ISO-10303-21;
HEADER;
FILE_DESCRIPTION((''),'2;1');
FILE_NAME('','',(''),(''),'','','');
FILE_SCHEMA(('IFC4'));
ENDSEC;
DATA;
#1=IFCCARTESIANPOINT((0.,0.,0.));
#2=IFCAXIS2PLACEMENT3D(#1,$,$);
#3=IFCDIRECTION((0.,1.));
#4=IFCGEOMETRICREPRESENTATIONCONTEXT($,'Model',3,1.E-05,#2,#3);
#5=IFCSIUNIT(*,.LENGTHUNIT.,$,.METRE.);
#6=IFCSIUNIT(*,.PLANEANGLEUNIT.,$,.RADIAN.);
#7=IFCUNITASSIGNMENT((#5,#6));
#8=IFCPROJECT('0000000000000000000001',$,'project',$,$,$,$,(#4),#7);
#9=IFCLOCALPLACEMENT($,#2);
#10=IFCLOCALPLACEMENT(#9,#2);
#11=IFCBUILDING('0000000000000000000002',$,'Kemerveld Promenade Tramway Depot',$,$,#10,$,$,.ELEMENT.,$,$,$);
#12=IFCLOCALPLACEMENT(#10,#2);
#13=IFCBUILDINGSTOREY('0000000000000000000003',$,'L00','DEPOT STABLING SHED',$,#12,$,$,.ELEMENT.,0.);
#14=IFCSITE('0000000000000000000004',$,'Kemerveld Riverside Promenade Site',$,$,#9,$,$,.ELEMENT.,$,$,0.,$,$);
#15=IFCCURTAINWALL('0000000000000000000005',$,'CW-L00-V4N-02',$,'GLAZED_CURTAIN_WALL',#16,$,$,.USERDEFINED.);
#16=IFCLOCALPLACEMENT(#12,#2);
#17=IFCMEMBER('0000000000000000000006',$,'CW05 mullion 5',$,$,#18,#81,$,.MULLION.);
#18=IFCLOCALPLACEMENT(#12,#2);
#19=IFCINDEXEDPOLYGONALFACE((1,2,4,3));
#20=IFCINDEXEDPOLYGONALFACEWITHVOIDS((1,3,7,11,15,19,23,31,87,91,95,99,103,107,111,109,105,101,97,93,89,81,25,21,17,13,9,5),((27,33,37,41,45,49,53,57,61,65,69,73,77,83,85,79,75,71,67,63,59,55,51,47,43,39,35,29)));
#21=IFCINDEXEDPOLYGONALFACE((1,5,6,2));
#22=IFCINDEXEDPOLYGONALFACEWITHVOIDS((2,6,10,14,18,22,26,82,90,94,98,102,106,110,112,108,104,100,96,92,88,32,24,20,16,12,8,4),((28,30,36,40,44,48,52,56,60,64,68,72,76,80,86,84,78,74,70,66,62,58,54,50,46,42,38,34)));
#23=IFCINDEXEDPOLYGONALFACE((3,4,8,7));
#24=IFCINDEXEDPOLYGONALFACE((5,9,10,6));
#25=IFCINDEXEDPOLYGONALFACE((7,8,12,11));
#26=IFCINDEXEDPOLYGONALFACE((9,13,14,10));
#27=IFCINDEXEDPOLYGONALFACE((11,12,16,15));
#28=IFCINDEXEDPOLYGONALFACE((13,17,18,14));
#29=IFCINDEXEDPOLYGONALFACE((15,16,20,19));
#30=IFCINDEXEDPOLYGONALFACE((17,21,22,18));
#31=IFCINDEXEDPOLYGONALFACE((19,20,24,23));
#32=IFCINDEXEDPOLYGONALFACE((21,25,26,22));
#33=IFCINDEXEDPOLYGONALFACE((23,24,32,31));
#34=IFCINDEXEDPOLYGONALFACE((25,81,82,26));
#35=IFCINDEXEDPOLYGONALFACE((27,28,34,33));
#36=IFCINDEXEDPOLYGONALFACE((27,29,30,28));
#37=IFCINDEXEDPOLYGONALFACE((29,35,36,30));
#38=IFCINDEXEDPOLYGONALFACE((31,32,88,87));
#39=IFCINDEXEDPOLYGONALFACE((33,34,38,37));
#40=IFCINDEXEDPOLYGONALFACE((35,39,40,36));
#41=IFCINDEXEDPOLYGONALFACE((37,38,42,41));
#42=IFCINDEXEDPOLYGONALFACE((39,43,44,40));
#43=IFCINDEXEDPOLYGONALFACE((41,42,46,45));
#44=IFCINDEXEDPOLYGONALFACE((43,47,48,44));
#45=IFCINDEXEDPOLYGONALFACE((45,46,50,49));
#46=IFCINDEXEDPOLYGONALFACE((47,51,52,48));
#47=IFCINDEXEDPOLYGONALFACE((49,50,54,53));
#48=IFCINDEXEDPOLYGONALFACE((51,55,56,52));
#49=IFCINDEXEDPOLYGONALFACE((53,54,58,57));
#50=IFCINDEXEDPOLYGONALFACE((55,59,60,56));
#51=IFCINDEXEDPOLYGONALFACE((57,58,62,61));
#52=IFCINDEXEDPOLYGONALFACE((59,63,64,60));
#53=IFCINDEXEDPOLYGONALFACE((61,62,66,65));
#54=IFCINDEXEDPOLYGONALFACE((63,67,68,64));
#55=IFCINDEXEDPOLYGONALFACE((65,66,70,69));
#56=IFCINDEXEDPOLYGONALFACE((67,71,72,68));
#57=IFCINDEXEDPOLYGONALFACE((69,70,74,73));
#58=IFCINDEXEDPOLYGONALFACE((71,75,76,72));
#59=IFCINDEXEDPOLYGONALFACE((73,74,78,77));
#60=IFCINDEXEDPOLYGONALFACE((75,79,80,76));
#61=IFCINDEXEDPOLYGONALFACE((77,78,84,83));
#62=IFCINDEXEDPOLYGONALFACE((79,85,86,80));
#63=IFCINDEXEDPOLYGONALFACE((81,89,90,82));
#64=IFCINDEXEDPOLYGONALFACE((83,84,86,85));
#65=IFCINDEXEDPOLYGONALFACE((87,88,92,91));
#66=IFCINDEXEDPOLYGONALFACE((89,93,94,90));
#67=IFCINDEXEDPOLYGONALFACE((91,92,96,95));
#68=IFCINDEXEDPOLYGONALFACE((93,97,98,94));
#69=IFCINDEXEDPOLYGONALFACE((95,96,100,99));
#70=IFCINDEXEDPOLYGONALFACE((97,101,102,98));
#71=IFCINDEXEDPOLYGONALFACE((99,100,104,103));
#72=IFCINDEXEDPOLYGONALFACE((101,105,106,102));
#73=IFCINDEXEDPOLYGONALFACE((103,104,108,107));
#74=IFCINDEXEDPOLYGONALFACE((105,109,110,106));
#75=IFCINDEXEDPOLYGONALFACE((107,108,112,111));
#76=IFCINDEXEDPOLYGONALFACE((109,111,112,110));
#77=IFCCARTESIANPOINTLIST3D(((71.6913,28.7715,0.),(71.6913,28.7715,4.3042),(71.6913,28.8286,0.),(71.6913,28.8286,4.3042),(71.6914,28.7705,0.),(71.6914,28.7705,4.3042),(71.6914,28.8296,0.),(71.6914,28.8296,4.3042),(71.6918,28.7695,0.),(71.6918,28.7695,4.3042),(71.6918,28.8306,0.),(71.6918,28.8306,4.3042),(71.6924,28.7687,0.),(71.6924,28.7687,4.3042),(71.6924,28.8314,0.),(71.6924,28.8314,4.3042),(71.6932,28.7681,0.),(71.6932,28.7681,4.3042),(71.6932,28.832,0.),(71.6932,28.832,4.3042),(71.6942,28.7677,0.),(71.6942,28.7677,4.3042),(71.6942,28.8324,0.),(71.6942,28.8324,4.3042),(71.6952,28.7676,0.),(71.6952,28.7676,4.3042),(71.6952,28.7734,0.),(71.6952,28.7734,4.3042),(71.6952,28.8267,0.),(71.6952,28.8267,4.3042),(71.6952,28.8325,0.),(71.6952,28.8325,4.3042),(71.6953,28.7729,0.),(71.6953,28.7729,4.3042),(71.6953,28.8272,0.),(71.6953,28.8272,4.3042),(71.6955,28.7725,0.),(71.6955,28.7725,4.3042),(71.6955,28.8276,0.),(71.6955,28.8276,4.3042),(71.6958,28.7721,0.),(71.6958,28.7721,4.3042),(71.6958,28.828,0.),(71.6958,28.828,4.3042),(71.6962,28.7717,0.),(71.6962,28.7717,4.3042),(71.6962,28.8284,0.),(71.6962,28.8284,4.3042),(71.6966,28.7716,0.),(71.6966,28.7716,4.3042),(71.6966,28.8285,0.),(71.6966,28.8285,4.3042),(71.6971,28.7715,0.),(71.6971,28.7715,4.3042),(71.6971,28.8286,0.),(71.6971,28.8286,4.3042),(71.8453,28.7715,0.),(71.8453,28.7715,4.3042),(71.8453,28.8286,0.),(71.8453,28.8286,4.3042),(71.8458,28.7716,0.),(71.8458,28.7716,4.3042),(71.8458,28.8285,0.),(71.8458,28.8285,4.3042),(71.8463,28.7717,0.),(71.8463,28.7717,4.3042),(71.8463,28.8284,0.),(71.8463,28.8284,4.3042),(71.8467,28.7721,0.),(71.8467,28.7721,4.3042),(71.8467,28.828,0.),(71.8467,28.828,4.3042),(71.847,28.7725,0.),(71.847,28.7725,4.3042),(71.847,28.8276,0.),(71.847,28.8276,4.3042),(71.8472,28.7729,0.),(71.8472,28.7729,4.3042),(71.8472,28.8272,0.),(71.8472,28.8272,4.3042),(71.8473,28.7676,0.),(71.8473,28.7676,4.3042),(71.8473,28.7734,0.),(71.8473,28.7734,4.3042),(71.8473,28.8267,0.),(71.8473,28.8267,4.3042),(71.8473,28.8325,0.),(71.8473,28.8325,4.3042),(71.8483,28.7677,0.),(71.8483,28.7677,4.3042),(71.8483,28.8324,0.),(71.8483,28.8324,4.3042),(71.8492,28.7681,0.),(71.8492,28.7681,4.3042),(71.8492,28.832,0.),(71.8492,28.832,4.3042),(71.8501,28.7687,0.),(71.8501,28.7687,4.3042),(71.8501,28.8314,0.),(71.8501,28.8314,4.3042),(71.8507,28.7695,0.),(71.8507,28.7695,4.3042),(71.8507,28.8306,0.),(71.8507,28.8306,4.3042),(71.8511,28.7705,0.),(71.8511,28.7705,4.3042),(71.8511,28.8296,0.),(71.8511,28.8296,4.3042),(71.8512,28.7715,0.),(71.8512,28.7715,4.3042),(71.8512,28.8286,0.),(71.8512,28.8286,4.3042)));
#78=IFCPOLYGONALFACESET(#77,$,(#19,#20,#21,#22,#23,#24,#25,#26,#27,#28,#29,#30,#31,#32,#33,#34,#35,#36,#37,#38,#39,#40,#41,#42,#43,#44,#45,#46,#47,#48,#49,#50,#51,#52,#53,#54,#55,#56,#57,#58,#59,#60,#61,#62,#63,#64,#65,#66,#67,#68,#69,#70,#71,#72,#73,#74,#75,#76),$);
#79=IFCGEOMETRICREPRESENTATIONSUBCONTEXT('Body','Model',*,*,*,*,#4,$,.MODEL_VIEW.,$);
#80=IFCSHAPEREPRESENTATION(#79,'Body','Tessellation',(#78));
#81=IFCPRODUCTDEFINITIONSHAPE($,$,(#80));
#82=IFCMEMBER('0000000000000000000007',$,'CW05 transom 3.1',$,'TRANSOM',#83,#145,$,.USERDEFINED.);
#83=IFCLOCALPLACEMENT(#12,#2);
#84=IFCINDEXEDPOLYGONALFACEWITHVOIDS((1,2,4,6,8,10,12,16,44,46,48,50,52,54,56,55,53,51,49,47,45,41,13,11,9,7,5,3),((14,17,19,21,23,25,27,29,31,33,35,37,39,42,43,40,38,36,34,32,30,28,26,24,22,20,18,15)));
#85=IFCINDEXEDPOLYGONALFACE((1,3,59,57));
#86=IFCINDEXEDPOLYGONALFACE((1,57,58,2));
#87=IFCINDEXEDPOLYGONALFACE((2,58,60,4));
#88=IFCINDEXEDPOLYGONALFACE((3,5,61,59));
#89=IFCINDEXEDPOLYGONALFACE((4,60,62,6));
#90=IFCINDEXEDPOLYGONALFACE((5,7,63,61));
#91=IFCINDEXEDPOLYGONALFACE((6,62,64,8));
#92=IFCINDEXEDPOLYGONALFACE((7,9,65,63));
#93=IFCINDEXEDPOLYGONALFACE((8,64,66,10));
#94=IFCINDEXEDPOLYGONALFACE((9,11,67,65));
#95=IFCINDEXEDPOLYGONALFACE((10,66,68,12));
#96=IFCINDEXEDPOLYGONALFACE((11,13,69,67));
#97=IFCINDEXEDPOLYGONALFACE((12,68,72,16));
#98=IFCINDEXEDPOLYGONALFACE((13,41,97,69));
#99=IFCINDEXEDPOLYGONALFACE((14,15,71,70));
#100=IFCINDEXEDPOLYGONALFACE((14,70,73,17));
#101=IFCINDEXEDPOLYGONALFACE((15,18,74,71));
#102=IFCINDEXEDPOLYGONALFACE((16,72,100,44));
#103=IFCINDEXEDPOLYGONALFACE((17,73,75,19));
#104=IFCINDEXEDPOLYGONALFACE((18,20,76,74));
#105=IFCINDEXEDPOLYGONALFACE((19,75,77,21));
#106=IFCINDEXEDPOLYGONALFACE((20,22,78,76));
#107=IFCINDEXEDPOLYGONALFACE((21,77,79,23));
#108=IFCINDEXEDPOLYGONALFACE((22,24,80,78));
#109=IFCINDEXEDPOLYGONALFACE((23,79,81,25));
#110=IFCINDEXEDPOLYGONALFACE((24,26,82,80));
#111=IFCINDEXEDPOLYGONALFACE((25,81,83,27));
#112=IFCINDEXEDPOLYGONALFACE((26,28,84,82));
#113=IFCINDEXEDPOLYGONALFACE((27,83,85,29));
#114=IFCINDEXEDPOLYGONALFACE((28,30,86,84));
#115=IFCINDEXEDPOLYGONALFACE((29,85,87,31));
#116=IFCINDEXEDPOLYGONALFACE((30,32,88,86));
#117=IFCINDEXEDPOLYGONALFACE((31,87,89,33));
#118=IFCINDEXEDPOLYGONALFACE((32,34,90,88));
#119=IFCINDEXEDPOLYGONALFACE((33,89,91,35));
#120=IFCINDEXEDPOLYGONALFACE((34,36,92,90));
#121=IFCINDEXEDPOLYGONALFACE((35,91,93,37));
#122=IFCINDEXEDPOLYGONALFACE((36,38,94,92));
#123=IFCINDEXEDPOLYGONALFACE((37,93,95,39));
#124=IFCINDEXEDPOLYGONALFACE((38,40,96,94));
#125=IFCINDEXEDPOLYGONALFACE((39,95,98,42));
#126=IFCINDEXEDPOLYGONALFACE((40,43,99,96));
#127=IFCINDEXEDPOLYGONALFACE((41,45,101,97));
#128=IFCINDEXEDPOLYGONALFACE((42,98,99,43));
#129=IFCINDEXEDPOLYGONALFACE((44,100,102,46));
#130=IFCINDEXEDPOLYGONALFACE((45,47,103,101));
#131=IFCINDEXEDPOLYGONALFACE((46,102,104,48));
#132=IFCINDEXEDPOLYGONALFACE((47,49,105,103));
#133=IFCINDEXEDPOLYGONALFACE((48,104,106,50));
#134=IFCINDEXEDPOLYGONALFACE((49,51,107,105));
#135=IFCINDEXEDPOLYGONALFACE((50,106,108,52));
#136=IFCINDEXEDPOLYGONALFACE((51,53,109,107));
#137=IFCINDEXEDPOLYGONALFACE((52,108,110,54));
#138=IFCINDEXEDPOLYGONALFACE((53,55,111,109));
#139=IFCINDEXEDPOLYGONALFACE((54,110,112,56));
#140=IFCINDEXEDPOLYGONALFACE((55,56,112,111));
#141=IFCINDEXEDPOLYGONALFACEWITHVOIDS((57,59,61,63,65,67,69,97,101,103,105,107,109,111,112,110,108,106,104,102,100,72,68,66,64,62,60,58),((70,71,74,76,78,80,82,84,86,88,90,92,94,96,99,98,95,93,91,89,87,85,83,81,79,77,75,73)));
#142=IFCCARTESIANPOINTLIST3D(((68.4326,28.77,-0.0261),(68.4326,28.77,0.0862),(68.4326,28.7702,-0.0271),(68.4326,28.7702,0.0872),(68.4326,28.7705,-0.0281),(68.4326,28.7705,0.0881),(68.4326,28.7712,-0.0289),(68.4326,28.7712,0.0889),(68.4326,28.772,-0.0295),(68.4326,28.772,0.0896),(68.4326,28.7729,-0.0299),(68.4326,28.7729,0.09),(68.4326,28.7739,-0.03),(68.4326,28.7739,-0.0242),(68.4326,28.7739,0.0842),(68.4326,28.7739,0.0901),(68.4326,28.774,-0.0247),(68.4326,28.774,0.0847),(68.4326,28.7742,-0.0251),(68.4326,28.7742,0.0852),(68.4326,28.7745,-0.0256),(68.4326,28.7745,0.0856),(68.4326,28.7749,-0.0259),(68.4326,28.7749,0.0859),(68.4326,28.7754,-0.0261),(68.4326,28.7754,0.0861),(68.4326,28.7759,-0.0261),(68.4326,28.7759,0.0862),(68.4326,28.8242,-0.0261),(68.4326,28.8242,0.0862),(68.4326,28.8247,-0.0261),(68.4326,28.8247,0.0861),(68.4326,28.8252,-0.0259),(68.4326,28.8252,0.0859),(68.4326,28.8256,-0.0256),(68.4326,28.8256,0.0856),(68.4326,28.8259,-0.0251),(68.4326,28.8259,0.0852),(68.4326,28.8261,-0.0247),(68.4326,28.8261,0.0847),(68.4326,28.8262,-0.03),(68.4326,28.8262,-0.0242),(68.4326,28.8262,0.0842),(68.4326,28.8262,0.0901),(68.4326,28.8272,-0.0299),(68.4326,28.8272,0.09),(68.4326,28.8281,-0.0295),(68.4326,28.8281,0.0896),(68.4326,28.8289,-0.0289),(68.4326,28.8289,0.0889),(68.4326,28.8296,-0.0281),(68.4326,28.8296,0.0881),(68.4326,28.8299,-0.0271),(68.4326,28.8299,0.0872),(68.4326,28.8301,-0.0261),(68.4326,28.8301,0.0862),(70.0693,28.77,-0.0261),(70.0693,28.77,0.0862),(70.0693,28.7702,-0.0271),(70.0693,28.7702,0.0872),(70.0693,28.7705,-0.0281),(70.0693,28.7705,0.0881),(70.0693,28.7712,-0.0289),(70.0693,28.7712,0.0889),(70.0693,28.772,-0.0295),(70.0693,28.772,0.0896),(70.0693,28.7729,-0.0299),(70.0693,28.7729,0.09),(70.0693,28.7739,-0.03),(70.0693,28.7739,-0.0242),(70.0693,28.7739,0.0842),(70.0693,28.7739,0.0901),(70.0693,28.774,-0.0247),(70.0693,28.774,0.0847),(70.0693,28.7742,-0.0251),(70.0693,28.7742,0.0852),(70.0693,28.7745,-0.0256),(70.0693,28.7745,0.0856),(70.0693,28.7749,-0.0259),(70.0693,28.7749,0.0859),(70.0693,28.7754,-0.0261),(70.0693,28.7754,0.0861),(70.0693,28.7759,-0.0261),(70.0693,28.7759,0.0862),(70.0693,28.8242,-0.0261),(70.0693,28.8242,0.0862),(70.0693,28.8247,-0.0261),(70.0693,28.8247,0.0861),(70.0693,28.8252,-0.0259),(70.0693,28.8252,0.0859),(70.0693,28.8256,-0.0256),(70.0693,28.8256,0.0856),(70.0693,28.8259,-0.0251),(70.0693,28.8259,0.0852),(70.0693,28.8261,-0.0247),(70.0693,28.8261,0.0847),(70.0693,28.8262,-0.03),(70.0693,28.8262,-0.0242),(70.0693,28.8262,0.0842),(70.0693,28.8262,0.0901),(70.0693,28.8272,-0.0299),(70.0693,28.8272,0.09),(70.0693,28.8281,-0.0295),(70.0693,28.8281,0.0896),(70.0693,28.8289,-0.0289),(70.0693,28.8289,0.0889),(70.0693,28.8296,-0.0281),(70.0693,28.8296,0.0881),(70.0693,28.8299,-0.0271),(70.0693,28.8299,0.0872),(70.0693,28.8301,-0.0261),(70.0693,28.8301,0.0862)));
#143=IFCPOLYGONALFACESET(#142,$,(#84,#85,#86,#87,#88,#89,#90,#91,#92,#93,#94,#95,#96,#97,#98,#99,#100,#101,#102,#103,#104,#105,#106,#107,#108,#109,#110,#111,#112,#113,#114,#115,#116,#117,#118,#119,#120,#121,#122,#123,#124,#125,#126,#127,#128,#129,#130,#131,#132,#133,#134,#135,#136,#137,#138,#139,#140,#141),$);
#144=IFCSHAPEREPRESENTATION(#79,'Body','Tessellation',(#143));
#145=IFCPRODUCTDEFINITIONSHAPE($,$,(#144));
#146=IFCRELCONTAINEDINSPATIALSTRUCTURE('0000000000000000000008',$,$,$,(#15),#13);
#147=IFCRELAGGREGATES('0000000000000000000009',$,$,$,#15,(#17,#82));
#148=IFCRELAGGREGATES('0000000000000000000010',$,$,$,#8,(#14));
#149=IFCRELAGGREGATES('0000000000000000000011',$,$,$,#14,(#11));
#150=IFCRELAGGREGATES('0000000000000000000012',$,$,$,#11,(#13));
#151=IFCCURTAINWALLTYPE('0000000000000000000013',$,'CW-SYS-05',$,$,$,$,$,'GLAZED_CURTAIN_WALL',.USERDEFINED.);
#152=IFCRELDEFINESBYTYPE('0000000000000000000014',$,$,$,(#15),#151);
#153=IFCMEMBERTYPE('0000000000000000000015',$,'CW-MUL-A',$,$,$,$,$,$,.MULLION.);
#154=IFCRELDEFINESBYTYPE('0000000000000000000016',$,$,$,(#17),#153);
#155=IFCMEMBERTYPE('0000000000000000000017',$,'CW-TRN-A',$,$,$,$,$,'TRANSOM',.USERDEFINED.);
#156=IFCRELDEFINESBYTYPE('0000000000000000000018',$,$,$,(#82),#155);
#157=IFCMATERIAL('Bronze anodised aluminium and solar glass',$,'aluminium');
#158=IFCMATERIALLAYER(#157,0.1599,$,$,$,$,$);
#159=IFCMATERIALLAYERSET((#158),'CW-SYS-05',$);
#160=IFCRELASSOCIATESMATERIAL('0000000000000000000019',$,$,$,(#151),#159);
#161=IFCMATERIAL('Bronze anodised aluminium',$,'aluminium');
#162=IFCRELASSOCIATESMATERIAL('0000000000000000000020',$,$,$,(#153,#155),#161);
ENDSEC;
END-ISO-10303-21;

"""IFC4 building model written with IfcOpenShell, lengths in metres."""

from ifc_helpers import new_model, si_unit, direction, frame, origin, origin_2d, place, context, subcontext, project, spatial, hollow_rectangle, extrude, material, layer, layer_set, material_profile, profile_set, type_object, element, aggregate, save


model = new_model("IFC4")

# Units and contexts
model_context = context("Model", 3, precision=1e-05, world=origin(), true_north=direction((0.0, 1.0)))
body_context = subcontext(model_context, "Body", "Model", "MODEL_VIEW")
ifc_project = project(units=[si_unit("LENGTHUNIT", "METRE"), si_unit("PLANEANGLEUNIT", "RADIAN")], contexts=[model_context])

# Site, building, storey
site_placement = place(None, origin())
site = spatial("IfcSite", under=ifc_project, at=site_placement, Name="Kemerveld Riverside Promenade Site", CompositionType="ELEMENT", RefElevation=0.0)
building_placement = place(site_placement, origin())
building = spatial("IfcBuilding", under=site, at=building_placement, Name="Kemerveld Promenade Tramway Depot", CompositionType="ELEMENT")
storey_placement = place(building_placement, origin())
storey = spatial("IfcBuildingStorey", under=building, at=storey_placement, Name="L00", Description="DEPOT STABLING SHED", CompositionType="ELEMENT", Elevation=0.0)

# Curtain wall, members
ifc_material_1 = material(Name="Bronze anodised aluminium and solar glass", Category="aluminium")
ifc_layer_1 = layer(ifc_material_1, 0.1599)
ifc_layer_set_1 = layer_set([ifc_layer_1], Name="CW-SYS-05")
curtain_wall_type = type_object("IfcCurtainWallType", Name="CW-SYS-05", ElementType="GLAZED_CURTAIN_WALL", PredefinedType="USERDEFINED", material=ifc_layer_set_1)
curtain_wall_placement = place(storey_placement, origin())
curtain_wall = element("IfcCurtainWall", 1, at=curtain_wall_placement, inside=storey, type_object=curtain_wall_type, Name="CW-L00-V4N-02", ObjectType="GLAZED_CURTAIN_WALL", PredefinedType="USERDEFINED")
ifc_material_2 = material(Name="Bronze anodised aluminium", Category="aluminium")
ifc_material_profile_1 = material_profile(ifc_material_2, hollow_rectangle(XDim=0.0649, YDim=0.1599, WallThickness=0.0039, InnerFilletRadius=0.002, OuterFilletRadius=0.0039, at=origin_2d()), Name="CW-MUL-160x65")
ifc_profile_set_1 = profile_set([ifc_material_profile_1], Name="Bronze anodised aluminium")
member_type_1 = type_object("IfcMemberType", Name="CW-MUL-A", PredefinedType="MULLION", material=ifc_profile_set_1)
member_1_placement = place(storey_placement, frame((71.7712, 28.8, 0.0), z_axis=(0.0, 0.0, 1.0), x_axis=(0.0, 1.0, 0.0)))
member_1 = element("IfcMember", 2, at=member_1_placement, type_object=member_type_1, Name="CW05 mullion 5", PredefinedType="MULLION", context=body_context, shape_type="SweptSolid", body=[
    extrude(hollow_rectangle(XDim=0.0649, YDim=0.1599, WallThickness=0.0039, InnerFilletRadius=0.002, OuterFilletRadius=0.0039, at=origin_2d()), origin(), (0.0, 0.0, 1.0), 4.3042),
])
ifc_material_profile_2 = material_profile(ifc_material_2, hollow_rectangle(XDim=0.0601, YDim=0.1201, WallThickness=0.0039, InnerFilletRadius=0.002, OuterFilletRadius=0.0039, at=origin_2d()), Name="CW-TRN-120x60")
ifc_profile_set_2 = profile_set([ifc_material_profile_2], Name="Bronze anodised aluminium")
member_type_2 = type_object("IfcMemberType", Name="CW-TRN-A", ElementType="TRANSOM", PredefinedType="USERDEFINED", material=ifc_profile_set_2)
member_2_placement = place(storey_placement, frame((68.4326, 28.8, 0.03), z_axis=(1.0, 0.0, 0.0), x_axis=(0.0, 1.0, 0.0)))
member_2 = element("IfcMember", 3, at=member_2_placement, type_object=member_type_2, Name="CW05 transom 3.1", ObjectType="TRANSOM", PredefinedType="USERDEFINED", context=body_context, shape_type="SweptSolid", body=[
    extrude(hollow_rectangle(XDim=0.0601, YDim=0.1201, WallThickness=0.0039, InnerFilletRadius=0.002, OuterFilletRadius=0.0039, at=origin_2d()), origin(), (0.0, 0.0, 1.0), 1.6367),
])
aggregate(curtain_wall, [member_1, member_2])

save(model, "model.ifc")
